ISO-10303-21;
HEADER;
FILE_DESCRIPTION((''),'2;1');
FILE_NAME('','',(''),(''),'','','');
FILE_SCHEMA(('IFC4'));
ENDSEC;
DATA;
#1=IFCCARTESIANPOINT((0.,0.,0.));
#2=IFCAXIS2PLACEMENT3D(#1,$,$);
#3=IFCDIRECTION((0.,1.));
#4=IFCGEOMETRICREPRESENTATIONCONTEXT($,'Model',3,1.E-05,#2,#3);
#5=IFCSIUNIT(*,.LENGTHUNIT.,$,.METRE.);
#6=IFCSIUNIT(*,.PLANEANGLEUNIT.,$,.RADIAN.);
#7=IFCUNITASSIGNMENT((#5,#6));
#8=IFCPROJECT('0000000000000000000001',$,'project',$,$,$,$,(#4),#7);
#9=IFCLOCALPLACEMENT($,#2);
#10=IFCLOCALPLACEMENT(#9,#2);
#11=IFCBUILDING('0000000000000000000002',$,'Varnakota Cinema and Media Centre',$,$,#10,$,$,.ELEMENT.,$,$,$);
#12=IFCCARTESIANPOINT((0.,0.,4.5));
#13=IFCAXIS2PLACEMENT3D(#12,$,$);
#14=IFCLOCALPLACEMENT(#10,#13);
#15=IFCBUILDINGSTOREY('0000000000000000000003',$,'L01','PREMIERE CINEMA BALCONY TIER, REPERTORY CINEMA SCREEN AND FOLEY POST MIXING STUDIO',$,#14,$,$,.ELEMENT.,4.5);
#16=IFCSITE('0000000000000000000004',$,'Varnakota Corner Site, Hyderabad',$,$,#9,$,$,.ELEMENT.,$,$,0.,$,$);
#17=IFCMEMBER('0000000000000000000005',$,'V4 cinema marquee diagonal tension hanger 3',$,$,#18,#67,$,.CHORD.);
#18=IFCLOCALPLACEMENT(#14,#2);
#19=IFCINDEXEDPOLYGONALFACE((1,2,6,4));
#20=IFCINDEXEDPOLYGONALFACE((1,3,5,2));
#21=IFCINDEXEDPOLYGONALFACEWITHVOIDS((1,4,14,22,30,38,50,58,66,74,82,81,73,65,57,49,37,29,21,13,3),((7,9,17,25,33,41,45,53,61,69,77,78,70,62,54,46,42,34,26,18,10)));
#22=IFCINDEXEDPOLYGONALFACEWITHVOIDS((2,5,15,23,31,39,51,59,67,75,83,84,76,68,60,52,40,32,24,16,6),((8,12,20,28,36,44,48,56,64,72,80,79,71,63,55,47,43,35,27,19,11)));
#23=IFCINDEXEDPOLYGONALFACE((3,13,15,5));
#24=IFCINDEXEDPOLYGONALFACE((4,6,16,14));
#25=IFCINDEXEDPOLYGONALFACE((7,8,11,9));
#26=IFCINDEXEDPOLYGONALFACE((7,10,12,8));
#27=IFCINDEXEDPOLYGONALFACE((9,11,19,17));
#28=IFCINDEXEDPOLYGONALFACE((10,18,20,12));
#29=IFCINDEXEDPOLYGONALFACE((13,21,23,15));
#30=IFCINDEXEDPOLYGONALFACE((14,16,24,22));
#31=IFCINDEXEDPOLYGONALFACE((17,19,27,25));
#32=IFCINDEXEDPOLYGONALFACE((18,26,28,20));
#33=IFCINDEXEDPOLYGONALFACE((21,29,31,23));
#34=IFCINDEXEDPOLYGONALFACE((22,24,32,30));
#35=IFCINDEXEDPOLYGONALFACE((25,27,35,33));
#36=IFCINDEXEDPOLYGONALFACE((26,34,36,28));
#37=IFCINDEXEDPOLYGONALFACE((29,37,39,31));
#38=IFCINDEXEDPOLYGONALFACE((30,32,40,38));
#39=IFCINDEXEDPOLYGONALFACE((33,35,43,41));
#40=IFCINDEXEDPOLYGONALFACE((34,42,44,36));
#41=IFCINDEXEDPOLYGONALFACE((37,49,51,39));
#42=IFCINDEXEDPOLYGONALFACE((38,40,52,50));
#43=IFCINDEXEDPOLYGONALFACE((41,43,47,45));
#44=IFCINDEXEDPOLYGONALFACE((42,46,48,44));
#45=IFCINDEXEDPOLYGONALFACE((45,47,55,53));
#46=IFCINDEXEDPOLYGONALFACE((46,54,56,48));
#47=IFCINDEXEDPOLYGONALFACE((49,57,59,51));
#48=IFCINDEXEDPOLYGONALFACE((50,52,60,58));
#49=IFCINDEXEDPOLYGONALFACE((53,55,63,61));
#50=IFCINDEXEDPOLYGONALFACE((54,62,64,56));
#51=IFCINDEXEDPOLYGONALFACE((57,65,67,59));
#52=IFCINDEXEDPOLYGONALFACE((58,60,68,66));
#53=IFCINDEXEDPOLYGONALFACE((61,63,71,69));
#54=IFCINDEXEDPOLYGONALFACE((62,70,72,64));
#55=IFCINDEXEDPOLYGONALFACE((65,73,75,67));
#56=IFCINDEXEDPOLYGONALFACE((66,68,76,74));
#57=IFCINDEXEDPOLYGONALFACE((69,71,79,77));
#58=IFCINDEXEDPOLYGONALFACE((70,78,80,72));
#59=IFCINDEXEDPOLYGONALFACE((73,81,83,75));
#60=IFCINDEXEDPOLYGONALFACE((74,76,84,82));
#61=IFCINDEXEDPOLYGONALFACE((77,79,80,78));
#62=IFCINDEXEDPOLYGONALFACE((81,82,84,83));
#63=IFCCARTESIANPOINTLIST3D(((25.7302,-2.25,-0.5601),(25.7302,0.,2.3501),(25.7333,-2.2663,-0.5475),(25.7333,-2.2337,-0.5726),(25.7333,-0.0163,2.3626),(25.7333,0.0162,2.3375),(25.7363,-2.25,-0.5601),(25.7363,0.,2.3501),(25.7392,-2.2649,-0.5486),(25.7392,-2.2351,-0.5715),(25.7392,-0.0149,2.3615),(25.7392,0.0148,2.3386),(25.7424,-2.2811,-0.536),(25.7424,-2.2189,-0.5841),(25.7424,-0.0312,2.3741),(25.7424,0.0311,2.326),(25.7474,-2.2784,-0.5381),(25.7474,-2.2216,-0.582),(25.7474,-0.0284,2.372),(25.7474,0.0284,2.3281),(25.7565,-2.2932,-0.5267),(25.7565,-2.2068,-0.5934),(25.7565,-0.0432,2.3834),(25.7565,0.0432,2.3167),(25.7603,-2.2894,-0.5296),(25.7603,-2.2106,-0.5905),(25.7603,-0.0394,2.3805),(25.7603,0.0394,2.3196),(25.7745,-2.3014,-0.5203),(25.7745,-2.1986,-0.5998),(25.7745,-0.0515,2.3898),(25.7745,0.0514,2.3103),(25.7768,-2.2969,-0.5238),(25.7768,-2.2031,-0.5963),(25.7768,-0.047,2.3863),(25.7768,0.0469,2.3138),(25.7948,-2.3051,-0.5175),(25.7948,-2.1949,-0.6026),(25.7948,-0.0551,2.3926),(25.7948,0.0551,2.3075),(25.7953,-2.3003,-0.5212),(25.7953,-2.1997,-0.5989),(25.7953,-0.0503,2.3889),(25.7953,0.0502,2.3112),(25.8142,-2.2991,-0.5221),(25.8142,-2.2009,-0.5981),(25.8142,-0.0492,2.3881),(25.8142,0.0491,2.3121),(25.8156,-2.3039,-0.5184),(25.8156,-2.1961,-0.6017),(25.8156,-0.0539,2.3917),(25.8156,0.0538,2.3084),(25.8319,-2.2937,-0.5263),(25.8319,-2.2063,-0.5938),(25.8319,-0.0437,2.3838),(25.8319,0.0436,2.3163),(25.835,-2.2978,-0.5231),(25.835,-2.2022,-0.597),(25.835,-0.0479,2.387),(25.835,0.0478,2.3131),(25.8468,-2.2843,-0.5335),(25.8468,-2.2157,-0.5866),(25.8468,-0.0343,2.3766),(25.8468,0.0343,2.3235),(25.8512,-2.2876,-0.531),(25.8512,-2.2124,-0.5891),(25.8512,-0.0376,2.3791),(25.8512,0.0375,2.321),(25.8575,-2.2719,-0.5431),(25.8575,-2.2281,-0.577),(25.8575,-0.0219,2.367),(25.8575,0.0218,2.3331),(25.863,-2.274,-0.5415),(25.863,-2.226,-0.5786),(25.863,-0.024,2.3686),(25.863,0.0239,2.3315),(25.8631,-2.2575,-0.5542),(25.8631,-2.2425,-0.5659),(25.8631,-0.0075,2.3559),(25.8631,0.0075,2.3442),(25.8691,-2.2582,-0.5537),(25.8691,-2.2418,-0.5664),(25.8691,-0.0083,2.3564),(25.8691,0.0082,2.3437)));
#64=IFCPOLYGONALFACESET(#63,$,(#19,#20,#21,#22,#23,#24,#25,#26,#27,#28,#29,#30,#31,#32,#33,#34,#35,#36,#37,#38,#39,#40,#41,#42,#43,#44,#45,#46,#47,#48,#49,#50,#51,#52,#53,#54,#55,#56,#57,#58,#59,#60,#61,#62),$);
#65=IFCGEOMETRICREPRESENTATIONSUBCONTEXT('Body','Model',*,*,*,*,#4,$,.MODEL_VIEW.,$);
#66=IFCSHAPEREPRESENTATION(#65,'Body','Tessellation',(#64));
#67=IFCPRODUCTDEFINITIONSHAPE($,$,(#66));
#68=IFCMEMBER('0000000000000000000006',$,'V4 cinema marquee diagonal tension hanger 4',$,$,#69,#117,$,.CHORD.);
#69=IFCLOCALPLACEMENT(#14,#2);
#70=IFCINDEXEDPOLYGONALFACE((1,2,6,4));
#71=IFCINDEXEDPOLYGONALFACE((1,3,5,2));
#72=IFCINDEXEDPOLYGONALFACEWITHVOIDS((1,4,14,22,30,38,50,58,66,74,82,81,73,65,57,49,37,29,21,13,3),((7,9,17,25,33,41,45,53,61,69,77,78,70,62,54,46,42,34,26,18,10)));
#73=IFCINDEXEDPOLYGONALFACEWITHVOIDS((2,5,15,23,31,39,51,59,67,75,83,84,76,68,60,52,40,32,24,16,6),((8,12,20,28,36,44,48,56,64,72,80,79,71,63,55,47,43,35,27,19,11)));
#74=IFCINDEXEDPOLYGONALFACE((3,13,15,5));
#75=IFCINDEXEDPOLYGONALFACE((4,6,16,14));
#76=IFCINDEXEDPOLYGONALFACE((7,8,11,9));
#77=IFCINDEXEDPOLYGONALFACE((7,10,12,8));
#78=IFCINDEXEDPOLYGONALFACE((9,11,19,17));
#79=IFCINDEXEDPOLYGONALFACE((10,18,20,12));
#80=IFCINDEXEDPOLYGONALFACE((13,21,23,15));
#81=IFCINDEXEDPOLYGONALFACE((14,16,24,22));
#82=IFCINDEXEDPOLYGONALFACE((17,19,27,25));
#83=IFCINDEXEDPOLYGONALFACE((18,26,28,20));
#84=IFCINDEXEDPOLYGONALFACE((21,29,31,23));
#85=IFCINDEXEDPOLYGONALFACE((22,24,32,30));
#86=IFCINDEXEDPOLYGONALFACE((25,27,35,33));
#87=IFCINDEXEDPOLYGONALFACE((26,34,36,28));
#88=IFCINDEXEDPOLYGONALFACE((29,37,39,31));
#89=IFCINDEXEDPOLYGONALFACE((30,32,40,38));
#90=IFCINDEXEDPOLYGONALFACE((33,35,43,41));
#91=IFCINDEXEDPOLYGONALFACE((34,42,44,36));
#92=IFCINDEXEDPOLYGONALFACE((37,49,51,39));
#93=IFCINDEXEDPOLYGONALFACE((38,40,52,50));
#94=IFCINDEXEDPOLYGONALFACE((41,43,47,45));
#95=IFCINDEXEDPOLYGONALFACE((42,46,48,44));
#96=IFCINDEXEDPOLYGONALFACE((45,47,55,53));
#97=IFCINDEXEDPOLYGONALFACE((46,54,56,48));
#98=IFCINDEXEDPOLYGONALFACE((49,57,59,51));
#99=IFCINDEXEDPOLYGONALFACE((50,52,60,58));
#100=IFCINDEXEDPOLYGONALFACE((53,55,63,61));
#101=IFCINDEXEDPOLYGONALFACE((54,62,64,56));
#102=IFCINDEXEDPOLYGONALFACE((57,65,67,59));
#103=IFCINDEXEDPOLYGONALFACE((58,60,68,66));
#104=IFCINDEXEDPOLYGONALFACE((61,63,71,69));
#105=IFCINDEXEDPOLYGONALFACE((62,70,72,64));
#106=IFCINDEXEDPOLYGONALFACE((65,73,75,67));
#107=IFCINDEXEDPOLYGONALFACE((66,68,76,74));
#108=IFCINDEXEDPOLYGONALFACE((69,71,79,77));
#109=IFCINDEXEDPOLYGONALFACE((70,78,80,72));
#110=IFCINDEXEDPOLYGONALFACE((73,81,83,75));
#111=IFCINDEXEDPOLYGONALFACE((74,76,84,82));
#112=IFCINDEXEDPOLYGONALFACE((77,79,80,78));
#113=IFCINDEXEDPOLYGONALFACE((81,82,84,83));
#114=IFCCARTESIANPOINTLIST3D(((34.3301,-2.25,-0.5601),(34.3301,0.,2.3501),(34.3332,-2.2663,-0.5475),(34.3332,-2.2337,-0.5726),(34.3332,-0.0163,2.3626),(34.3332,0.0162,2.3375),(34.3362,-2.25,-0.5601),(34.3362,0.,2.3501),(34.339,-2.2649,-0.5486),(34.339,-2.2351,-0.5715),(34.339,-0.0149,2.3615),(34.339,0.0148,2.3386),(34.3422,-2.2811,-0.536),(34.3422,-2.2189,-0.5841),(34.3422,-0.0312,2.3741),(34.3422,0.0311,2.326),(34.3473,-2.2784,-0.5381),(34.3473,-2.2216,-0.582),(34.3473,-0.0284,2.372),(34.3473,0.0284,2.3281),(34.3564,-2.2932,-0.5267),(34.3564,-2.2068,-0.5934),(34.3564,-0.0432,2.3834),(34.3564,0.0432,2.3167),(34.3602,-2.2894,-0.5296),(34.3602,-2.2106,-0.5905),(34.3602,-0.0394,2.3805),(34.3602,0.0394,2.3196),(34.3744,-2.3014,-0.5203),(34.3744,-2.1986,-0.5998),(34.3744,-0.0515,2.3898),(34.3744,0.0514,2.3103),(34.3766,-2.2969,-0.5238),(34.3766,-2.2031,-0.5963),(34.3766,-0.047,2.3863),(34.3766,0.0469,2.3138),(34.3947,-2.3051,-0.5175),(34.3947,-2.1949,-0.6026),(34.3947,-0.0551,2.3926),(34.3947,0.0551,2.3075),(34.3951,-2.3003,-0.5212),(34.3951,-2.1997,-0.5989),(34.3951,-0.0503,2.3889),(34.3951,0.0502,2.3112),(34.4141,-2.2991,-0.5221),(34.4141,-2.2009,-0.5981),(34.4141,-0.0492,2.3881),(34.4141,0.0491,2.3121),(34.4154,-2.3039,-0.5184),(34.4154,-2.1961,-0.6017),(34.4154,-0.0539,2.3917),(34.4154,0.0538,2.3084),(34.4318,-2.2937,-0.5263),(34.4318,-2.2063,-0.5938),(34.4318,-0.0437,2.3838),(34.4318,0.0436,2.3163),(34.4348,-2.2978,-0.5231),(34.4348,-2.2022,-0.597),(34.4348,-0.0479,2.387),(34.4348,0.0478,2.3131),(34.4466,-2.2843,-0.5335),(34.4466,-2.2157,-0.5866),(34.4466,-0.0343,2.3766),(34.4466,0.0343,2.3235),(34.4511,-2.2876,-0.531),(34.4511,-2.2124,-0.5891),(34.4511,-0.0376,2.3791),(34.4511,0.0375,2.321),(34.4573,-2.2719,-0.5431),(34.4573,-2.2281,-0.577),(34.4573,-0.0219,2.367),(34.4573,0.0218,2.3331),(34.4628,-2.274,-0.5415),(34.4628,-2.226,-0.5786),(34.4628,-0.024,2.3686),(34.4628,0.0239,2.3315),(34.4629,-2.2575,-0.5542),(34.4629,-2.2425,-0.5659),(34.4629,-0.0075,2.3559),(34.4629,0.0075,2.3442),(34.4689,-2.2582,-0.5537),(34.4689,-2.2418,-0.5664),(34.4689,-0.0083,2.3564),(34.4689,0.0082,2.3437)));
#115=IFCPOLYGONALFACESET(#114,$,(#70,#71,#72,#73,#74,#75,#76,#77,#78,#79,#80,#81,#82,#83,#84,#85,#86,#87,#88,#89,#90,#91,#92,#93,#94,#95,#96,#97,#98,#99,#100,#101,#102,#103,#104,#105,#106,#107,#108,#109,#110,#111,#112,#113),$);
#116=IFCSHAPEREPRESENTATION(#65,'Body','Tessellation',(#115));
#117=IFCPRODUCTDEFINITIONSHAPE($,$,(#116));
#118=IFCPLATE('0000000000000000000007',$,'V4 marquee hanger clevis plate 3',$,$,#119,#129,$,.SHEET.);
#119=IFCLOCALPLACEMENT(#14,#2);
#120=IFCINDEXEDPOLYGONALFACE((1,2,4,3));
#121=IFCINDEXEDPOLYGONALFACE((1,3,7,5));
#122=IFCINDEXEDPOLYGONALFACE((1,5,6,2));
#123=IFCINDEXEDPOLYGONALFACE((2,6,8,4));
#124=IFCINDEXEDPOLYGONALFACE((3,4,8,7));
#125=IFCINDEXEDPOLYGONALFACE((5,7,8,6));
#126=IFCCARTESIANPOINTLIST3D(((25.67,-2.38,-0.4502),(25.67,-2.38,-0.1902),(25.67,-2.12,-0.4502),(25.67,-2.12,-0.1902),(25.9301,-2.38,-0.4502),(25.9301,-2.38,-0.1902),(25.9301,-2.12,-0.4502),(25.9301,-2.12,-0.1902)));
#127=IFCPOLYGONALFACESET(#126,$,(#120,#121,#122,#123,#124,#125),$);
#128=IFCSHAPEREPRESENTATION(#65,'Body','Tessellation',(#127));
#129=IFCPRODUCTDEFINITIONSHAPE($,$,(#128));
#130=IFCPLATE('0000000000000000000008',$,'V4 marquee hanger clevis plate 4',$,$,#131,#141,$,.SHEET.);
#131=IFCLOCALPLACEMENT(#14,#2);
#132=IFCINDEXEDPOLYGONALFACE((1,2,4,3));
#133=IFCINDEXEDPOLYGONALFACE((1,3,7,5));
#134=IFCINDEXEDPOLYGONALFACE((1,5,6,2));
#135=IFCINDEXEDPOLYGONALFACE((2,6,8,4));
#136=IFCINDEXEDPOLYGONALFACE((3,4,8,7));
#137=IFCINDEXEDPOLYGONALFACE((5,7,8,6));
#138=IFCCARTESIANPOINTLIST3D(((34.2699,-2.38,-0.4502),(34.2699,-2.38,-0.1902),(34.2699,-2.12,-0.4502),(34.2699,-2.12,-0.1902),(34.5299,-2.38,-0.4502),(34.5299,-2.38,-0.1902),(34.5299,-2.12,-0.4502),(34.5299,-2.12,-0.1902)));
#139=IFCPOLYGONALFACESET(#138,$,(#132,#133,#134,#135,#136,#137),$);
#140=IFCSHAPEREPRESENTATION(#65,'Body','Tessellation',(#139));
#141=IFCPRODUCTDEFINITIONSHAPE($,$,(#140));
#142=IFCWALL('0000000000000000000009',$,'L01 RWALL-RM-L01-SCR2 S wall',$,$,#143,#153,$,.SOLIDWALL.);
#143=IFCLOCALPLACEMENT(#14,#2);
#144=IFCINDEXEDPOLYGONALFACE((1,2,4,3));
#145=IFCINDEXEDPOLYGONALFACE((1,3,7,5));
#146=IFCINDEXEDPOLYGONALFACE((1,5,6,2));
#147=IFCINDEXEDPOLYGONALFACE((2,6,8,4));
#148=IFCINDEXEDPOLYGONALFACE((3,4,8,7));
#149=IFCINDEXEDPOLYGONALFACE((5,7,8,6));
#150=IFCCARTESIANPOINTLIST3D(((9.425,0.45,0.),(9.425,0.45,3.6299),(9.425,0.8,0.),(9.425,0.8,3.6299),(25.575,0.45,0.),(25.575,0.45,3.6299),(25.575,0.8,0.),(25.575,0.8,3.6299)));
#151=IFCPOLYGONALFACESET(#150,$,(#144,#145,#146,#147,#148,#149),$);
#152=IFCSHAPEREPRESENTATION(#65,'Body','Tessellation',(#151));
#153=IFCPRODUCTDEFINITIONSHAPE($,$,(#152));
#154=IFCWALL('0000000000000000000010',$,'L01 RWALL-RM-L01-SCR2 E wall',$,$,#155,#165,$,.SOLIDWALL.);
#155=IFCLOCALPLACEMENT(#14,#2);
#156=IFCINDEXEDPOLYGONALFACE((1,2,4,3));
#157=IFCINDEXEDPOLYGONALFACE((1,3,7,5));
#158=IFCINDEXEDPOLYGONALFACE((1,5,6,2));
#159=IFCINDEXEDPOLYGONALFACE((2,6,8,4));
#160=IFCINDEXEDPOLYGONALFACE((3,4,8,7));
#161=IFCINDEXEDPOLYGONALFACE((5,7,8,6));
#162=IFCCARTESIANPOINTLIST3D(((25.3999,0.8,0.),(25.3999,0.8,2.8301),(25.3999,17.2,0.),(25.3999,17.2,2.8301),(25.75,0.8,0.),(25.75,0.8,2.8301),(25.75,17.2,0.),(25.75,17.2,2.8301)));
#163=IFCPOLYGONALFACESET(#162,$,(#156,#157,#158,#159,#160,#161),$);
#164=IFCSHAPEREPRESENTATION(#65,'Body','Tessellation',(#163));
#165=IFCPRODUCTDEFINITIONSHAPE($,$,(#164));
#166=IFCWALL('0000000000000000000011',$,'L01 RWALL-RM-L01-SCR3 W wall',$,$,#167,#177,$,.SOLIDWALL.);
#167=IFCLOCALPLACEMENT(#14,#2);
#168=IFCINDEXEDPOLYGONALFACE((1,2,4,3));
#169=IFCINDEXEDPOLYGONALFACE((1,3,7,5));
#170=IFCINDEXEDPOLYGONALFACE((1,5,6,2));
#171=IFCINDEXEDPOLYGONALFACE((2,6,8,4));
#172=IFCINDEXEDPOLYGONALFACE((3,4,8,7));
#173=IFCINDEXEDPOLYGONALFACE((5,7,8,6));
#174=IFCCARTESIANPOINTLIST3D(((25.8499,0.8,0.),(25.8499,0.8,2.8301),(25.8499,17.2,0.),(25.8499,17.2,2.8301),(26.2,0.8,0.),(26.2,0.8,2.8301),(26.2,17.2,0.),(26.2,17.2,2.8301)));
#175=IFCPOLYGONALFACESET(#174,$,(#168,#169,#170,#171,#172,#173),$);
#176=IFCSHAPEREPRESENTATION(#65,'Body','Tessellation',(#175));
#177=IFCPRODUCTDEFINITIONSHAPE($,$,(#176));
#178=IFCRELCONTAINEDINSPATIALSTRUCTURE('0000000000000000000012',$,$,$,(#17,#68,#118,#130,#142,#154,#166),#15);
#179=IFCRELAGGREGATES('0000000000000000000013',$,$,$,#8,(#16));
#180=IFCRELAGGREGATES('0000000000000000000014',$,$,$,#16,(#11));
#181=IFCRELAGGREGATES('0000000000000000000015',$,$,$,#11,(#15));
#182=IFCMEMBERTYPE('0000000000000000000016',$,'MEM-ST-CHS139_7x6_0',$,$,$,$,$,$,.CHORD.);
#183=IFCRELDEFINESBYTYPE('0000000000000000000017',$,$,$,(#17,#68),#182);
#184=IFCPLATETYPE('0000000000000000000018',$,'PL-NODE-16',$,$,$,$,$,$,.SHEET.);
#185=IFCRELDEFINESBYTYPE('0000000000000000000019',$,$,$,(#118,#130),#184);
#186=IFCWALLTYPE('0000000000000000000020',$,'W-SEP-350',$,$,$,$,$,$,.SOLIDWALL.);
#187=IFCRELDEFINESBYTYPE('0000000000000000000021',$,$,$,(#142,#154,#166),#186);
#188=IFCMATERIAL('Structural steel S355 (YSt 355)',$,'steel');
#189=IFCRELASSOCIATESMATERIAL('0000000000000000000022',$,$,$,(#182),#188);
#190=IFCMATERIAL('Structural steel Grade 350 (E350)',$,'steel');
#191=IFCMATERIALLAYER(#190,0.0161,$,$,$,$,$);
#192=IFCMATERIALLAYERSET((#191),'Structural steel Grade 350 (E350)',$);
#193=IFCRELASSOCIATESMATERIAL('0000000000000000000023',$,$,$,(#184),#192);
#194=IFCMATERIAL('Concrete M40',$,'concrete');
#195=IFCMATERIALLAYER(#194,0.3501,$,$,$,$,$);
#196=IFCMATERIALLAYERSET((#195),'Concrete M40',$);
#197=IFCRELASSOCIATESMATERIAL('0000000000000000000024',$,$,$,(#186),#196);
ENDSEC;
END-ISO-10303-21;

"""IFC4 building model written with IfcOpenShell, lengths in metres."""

from ifc_helpers import new_model, si_unit, direction, frame, frame_2d, origin, origin_2d, place, context, subcontext, project, spatial, rectangle, hollow_circle, extrude, material, layer, layer_set, material_profile, profile_set, type_object, element, save


model = new_model("IFC4")

# Units and contexts
model_context = context("Model", 3, precision=1e-05, world=origin(), true_north=direction((0.0, 1.0)))
body_context = subcontext(model_context, "Body", "Model", "MODEL_VIEW")
ifc_project = project(units=[si_unit("LENGTHUNIT", "METRE"), si_unit("PLANEANGLEUNIT", "RADIAN")], contexts=[model_context])

# Site, building, storey
site_placement = place(None, origin())
site = spatial("IfcSite", under=ifc_project, at=site_placement, Name="Varnakota Corner Site, Hyderabad", CompositionType="ELEMENT", RefElevation=0.0)
building_placement = place(site_placement, origin())
building = spatial("IfcBuilding", under=site, at=building_placement, Name="Varnakota Cinema and Media Centre", CompositionType="ELEMENT")
storey_placement = place(building_placement, frame((0.0, 0.0, 4.5)))
storey = spatial("IfcBuildingStorey", under=building, at=storey_placement, Name="L01", Description="PREMIERE CINEMA BALCONY TIER, REPERTORY CINEMA SCREEN AND FOLEY POST MIXING STUDIO", CompositionType="ELEMENT", Elevation=4.5)

# Members
ifc_material_1 = material(Name="Structural steel S355 (YSt 355)", Category="steel")
ifc_material_profile_1 = material_profile(ifc_material_1, hollow_circle(Radius=0.0698, WallThickness=0.0061, at=origin_2d()), Name="CHS 139.7x6.0")
ifc_profile_set_1 = profile_set([ifc_material_profile_1], Name="Structural steel S355 (YSt 355)")
member_type = type_object("IfcMemberType", Name="MEM-ST-CHS139_7x6_0", PredefinedType="CHORD", material=ifc_profile_set_1)
for number, where, z_axis, x_axis, name in (
    (1, (25.8, -2.25, -0.5601), (0.0, 0.611659, 0.791121), (-1.0, 0.0, 0.0), "V4 cinema marquee diagonal tension hanger 3"),
    (2, (34.3999, -2.25, -0.5601), (0.0, 0.611659, 0.791121), (-1.0, 0.0, 0.0), "V4 cinema marquee diagonal tension hanger 4"),
):
    element("IfcMember", number, at=place(storey_placement, frame(where, z_axis=z_axis, x_axis=x_axis)), inside=storey, type_object=member_type, Name=name, PredefinedType="CHORD", context=body_context, shape_type="SweptSolid", body=[
        extrude(hollow_circle(Radius=0.0698, WallThickness=0.0061, at=origin_2d()), origin(), (0.0, 0.0, 1.0), 3.6785),
    ])

# Plates
ifc_material_2 = material(Name="Structural steel Grade 350 (E350)", Category="steel")
ifc_layer_1 = layer(ifc_material_2, 0.0161)
ifc_layer_set_1 = layer_set([ifc_layer_1], Name="Structural steel Grade 350 (E350)")
plate_type = type_object("IfcPlateType", Name="PL-NODE-16", PredefinedType="SHEET", material=ifc_layer_set_1)
for number, where, z_axis, x_axis, name in (
    (3, (25.8, -2.25, -0.4502), (0.0, 0.0, 1.0), (1.0, 0.0, 0.0), "V4 marquee hanger clevis plate 3"),
    (4, (34.3999, -2.25, -0.4502), (0.0, 0.0, 1.0), (1.0, 0.0, 0.0), "V4 marquee hanger clevis plate 4"),
):
    element("IfcPlate", number, at=place(storey_placement, frame(where, z_axis=z_axis, x_axis=x_axis)), inside=storey, type_object=plate_type, Name=name, PredefinedType="SHEET", context=body_context, shape_type="SweptSolid", body=[
        extrude(rectangle(XDim=0.26, YDim=0.26, at=origin_2d()), origin(), (0.0, 0.0, 1.0), 0.26),
    ])

# Walls
ifc_material_3 = material(Name="Concrete M40", Category="concrete")
ifc_layer_2 = layer(ifc_material_3, 0.3501)
ifc_layer_set_2 = layer_set([ifc_layer_2], Name="Concrete M40")
wall_type = type_object("IfcWallType", Name="W-SEP-350", PredefinedType="SOLIDWALL", material=ifc_layer_set_2)
wall_1_placement = place(storey_placement, frame((25.575, 0.625, 0.0), z_axis=(0.0, 0.0, 1.0), x_axis=(-1.0, 0.0, 0.0)))
element("IfcWall", 5, at=wall_1_placement, inside=storey, type_object=wall_type, Name="L01 RWALL-RM-L01-SCR2 S wall", PredefinedType="SOLIDWALL", context=body_context, shape_type="SweptSolid", body=[
    extrude(rectangle(XDim=16.1499, YDim=0.3501, at=frame_2d((8.075, 0.0))), origin(), (0.0, 0.0, 1.0), 3.6299),
])
for number, where, z_axis, x_axis, name in (
    (6, (25.575, 17.2, 0.0), (0.0, 0.0, 1.0), (0.0, -1.0, 0.0), "L01 RWALL-RM-L01-SCR2 E wall"),
    (7, (26.0249, 0.8, 0.0), (0.0, 0.0, 1.0), (0.0, 1.0, 0.0), "L01 RWALL-RM-L01-SCR3 W wall"),
):
    element("IfcWall", number, at=place(storey_placement, frame(where, z_axis=z_axis, x_axis=x_axis)), inside=storey, type_object=wall_type, Name=name, PredefinedType="SOLIDWALL", context=body_context, shape_type="SweptSolid", body=[
        extrude(rectangle(XDim=16.3999, YDim=0.3501, at=frame_2d((8.2, 0.0))), origin(), (0.0, 0.0, 1.0), 2.8301),
    ])

save(model, "model.ifc")
